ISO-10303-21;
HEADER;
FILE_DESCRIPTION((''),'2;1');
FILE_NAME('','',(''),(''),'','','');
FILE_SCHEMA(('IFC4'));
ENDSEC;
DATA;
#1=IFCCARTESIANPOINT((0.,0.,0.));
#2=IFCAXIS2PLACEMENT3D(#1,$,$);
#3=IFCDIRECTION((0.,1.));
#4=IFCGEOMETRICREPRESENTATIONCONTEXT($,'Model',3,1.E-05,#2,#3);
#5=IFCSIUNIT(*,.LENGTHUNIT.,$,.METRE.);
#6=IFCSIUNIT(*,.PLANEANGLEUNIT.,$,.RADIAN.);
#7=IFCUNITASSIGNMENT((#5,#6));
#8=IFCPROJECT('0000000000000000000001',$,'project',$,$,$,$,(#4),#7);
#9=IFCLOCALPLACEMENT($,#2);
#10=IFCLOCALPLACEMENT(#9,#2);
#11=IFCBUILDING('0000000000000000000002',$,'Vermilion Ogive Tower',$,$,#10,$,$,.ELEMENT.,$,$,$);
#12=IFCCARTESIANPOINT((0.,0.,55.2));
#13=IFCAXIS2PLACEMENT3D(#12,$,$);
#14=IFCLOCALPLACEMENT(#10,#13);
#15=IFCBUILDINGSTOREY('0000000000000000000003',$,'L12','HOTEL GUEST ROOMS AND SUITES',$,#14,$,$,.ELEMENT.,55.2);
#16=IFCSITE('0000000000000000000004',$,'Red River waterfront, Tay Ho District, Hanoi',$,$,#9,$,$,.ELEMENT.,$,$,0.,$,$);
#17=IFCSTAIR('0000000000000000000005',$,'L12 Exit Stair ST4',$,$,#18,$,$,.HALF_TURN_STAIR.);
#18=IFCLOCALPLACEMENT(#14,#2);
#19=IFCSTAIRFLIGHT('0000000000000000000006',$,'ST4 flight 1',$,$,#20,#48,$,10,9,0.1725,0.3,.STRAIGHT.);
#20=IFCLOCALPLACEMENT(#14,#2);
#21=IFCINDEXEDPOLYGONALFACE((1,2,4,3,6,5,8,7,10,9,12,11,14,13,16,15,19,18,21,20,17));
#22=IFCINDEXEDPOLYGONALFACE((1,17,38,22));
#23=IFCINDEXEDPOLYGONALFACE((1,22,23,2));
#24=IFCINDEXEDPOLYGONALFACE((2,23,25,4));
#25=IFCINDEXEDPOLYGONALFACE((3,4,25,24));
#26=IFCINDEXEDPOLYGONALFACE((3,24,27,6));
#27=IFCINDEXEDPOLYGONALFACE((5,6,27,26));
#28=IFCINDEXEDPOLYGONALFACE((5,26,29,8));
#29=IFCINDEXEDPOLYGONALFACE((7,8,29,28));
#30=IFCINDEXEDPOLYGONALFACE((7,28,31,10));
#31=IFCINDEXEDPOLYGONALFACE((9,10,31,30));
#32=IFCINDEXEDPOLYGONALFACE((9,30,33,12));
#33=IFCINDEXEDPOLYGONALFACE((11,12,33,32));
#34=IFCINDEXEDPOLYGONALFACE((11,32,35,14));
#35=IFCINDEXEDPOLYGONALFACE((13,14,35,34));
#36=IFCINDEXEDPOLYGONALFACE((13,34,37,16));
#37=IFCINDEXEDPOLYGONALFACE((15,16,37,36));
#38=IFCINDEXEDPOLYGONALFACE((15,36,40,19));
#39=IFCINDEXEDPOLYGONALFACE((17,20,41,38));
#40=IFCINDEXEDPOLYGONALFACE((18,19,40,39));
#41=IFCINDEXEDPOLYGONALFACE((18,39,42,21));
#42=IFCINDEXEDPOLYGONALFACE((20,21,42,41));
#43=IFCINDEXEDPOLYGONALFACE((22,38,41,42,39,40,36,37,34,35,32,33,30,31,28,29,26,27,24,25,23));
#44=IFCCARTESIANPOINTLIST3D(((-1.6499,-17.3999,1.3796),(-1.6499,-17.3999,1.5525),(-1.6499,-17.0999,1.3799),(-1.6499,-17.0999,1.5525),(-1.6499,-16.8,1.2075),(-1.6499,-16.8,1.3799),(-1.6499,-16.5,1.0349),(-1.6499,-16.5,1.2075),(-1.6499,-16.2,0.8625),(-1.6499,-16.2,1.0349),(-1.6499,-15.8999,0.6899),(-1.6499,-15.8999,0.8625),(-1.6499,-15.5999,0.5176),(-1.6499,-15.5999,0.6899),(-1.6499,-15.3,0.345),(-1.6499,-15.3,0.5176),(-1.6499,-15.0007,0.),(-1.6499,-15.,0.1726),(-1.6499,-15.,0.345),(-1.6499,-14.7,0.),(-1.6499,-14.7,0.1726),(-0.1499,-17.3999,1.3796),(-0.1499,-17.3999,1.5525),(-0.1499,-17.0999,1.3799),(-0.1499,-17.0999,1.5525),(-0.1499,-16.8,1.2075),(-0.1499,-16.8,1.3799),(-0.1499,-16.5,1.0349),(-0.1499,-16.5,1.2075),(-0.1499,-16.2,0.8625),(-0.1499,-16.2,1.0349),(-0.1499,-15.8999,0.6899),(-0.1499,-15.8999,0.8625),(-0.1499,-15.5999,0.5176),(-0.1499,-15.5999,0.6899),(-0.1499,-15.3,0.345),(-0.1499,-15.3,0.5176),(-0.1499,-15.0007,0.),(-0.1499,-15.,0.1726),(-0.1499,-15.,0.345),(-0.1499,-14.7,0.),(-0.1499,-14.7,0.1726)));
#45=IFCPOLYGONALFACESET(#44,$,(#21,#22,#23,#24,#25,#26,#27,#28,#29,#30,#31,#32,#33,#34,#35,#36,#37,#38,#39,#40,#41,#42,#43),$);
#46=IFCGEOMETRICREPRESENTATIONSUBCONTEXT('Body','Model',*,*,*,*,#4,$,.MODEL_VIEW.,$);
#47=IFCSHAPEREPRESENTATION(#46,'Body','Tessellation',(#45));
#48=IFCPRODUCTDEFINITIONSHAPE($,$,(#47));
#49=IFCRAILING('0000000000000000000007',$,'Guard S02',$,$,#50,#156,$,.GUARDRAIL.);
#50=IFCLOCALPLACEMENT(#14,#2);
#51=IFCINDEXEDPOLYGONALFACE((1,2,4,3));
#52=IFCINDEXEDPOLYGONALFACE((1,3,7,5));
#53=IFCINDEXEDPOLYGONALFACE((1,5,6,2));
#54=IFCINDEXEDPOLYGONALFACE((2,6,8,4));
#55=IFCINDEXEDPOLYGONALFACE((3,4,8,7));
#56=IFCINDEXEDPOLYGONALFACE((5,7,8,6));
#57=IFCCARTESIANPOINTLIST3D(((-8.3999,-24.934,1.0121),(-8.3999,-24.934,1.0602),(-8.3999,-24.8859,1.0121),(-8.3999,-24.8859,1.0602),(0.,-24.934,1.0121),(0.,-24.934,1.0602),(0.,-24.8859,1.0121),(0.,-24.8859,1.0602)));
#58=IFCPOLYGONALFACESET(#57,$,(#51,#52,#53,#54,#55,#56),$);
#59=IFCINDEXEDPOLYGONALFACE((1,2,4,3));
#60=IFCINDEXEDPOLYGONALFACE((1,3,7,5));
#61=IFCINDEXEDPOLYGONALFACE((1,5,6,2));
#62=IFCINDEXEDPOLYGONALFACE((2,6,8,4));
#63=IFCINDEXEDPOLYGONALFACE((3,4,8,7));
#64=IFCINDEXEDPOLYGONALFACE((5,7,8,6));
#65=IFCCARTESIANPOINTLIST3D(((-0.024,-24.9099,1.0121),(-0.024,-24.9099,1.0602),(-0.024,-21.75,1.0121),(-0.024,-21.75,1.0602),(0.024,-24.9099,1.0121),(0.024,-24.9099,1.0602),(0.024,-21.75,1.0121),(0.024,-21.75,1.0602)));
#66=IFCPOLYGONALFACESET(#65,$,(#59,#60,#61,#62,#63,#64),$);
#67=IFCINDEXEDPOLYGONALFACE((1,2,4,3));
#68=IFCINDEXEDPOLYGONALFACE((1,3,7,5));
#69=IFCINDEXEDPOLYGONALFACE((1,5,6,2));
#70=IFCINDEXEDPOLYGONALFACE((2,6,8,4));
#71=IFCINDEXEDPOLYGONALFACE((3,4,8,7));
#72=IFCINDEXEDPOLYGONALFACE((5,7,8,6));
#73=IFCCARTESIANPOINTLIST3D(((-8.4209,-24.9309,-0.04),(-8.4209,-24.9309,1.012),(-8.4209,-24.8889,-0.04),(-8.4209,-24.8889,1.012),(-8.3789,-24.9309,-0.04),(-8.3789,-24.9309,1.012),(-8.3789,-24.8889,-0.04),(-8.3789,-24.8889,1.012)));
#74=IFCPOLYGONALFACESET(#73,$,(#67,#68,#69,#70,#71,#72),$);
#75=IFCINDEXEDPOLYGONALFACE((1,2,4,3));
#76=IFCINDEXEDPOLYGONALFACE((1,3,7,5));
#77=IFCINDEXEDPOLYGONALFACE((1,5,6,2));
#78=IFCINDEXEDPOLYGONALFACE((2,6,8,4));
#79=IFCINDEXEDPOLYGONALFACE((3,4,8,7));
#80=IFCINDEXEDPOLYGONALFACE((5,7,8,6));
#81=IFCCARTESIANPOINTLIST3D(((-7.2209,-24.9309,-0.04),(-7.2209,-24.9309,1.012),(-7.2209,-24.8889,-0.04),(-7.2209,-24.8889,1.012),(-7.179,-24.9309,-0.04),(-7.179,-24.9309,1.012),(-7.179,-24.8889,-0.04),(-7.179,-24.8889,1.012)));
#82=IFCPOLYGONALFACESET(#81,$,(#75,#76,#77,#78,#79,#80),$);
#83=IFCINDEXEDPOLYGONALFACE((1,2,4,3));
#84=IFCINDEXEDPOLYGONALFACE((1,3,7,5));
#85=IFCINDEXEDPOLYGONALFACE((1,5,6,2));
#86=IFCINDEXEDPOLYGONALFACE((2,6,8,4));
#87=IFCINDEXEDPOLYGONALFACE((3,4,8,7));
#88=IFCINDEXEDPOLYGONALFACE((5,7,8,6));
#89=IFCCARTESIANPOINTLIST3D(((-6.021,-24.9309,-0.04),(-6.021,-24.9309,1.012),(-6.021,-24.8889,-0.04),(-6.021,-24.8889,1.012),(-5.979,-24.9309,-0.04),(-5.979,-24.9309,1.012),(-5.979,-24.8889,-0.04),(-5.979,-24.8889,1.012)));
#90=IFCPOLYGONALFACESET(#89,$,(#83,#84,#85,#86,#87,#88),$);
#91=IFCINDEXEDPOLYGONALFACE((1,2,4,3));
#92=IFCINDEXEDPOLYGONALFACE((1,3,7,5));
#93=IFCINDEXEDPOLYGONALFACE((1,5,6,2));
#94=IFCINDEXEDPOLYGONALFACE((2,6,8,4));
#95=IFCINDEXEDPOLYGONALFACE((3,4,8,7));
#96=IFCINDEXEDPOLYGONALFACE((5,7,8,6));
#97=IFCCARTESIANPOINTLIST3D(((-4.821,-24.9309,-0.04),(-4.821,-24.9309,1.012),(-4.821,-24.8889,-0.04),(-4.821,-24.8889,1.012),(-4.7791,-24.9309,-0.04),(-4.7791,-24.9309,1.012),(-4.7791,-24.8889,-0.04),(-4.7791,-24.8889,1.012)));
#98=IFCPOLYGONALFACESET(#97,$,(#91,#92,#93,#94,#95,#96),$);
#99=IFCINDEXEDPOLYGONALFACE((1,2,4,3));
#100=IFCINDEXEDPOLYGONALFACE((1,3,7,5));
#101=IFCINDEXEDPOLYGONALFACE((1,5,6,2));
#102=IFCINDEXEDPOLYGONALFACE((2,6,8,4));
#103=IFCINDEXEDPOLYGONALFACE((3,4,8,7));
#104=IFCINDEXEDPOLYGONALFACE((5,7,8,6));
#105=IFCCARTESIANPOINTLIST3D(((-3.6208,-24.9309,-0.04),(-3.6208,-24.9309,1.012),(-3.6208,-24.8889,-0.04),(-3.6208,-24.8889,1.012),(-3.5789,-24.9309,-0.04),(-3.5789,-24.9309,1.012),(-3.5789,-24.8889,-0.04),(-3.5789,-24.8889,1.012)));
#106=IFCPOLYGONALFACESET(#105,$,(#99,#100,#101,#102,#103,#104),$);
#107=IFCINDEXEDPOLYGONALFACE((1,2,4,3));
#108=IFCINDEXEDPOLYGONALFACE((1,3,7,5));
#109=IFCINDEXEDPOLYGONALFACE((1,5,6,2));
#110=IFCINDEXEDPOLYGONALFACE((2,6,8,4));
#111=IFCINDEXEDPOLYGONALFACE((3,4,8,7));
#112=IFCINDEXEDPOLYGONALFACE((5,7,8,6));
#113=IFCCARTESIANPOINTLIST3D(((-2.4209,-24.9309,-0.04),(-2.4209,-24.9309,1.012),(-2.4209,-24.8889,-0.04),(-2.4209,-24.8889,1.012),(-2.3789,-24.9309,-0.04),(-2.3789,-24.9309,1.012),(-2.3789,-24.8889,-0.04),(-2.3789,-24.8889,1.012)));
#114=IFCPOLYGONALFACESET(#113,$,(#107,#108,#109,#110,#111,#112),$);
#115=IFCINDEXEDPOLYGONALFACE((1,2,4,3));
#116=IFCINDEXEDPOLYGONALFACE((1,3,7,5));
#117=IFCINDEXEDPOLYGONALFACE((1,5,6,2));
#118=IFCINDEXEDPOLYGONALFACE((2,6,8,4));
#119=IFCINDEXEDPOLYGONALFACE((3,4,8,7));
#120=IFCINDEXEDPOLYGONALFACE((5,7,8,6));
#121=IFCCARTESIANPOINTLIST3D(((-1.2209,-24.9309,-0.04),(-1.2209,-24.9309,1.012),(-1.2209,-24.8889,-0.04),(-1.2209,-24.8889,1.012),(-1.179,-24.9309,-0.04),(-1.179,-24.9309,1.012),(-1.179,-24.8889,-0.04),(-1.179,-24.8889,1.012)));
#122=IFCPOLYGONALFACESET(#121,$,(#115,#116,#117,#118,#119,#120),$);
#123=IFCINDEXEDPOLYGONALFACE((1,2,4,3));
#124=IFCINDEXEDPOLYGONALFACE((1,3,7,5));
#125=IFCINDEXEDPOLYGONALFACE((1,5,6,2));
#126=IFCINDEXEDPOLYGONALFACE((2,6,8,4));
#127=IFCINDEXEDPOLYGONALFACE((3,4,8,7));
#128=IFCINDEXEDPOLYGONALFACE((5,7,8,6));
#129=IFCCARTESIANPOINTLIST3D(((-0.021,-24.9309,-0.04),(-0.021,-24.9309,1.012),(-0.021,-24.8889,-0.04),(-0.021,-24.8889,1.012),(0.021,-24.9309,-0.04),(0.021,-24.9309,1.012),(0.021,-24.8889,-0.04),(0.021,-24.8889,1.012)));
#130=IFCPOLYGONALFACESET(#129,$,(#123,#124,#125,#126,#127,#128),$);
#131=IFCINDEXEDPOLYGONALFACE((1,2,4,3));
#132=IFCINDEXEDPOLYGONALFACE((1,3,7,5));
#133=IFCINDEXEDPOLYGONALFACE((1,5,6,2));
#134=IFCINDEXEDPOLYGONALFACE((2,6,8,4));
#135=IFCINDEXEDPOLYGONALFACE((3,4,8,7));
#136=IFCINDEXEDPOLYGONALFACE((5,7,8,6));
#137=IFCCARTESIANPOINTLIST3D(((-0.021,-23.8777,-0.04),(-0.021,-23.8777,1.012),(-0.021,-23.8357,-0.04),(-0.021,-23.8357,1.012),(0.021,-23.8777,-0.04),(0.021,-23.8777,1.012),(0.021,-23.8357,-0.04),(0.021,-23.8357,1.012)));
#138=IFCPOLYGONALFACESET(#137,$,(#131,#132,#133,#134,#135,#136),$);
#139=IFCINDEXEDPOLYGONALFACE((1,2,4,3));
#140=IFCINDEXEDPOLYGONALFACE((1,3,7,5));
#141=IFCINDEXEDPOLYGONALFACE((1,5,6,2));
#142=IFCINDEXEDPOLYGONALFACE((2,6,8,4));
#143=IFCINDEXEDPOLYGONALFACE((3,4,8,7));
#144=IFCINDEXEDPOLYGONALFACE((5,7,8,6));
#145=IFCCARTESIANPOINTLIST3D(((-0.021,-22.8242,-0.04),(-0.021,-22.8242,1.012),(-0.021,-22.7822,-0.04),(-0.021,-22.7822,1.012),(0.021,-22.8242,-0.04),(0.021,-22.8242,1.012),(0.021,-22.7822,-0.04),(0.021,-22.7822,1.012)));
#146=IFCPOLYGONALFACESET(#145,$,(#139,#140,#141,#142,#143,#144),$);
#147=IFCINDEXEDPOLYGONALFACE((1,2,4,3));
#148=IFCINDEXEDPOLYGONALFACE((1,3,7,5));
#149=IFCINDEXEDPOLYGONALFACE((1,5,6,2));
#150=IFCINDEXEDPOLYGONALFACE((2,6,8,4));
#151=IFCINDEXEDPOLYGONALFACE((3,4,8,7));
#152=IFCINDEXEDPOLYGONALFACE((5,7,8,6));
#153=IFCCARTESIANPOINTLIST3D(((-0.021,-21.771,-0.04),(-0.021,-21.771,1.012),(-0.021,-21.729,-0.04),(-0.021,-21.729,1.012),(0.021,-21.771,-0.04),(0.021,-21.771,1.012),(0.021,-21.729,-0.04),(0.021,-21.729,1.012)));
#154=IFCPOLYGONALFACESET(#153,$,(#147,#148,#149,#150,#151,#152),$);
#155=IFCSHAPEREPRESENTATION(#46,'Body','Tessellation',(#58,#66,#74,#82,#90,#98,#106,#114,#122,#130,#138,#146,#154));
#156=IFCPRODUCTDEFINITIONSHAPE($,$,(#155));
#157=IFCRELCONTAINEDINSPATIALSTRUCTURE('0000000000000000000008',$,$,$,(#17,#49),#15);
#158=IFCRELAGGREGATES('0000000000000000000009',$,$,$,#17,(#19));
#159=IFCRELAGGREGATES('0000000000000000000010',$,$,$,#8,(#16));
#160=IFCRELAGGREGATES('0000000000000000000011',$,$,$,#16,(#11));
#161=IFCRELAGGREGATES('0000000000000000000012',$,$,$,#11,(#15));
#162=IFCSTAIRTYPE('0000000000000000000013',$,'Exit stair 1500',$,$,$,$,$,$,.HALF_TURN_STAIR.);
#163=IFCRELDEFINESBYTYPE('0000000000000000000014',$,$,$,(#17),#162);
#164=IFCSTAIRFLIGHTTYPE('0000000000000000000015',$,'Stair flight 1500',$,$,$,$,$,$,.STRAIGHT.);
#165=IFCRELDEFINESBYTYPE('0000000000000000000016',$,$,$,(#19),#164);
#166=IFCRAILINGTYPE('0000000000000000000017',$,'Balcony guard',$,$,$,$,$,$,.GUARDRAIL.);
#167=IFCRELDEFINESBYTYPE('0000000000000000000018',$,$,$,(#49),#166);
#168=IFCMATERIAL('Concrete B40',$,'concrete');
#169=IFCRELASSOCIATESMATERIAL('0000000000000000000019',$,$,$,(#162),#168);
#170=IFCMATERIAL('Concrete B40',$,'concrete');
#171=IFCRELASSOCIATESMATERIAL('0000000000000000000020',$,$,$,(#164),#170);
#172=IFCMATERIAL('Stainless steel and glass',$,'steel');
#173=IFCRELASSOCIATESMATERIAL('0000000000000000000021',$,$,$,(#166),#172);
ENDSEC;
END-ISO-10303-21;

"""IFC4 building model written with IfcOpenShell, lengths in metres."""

from ifc_helpers import new_model, si_unit, direction, frame, origin, origin_2d, place, context, subcontext, project, spatial, polyline, rectangle, outline, extrude, material, type_object, element, aggregate, save


model = new_model("IFC4")

# Units and contexts
model_context = context("Model", 3, precision=1e-05, world=origin(), true_north=direction((0.0, 1.0)))
body_context = subcontext(model_context, "Body", "Model", "MODEL_VIEW")
ifc_project = project(units=[si_unit("LENGTHUNIT", "METRE"), si_unit("PLANEANGLEUNIT", "RADIAN")], contexts=[model_context])

# Site, building, storey
site_placement = place(None, origin())
site = spatial("IfcSite", under=ifc_project, at=site_placement, Name="Red River waterfront, Tay Ho District, Hanoi", CompositionType="ELEMENT", RefElevation=0.0)
building_placement = place(site_placement, origin())
building = spatial("IfcBuilding", under=site, at=building_placement, Name="Vermilion Ogive Tower", CompositionType="ELEMENT")
storey_placement = place(building_placement, frame((0.0, 0.0, 55.2)))
storey = spatial("IfcBuildingStorey", under=building, at=storey_placement, Name="L12", Description="HOTEL GUEST ROOMS AND SUITES", CompositionType="ELEMENT", Elevation=55.2)

# Shared definitions
ifc_material_1 = material(Name="Concrete B40", Category="concrete")
stair_type = type_object("IfcStairType", Name="Exit stair 1500", PredefinedType="HALF_TURN_STAIR", material=ifc_material_1)
ifc_material_2 = material(Name="Concrete B40", Category="concrete")
stair_flight_type = type_object("IfcStairFlightType", Name="Stair flight 1500", PredefinedType="STRAIGHT", material=ifc_material_2)

# Stair, stair flight
stair_1_placement = place(storey_placement, origin())
stair_1 = element("IfcStair", 1, at=stair_1_placement, inside=storey, type_object=stair_type, Name="L12 Exit Stair ST4", PredefinedType="HALF_TURN_STAIR")
stair_flight_1_placement = place(storey_placement, frame((-0.8999, -14.7, 0.0), z_axis=(0.0, 0.0, 1.0), x_axis=(0.0, -1.0, 0.0)))
stair_flight_1 = element("IfcStairFlight", 2, at=stair_flight_1_placement, type_object=stair_flight_type, Name="ST4 flight 1", NumberOfRisers=10, NumberOfTreads=9, PredefinedType="STRAIGHT", RiserHeight=0.1725, TreadLength=0.3, context=body_context, shape_type="SweptSolid", body=[
    extrude(outline(polyline([(0.0, 0.0), (0.0, 0.1726), (0.3, 0.1726), (0.3, 0.345), (0.6001, 0.345), (0.6001, 0.5176), (0.8999, 0.5176), (0.8999, 0.6899), (1.2, 0.6899), (1.2, 0.8625), (1.5, 0.8625), (1.5, 1.0349), (1.8, 1.0349), (1.8, 1.2075), (2.1001, 1.2075), (2.1001, 1.3799), (2.3999, 1.3799), (2.3999, 1.5525), (2.7, 1.5525), (2.7, 1.7251), (2.7, 1.3796), (0.3008, 0.0), (0.0, 0.0)])), frame((0.0, 0.75, 0.0), z_axis=(0.0, -1.0, 0.0), x_axis=(1.0, 0.0, 0.0)), (0.0, 0.0, 1.0), 1.5),
])
aggregate(stair_1, [stair_flight_1])

# Railing
ifc_material_3 = material(Name="Stainless steel and glass", Category="steel")
railing_type_1 = type_object("IfcRailingType", Name="Balcony guard", PredefinedType="GUARDRAIL", material=ifc_material_3)
railing_1_placement = place(storey_placement, frame((-8.3999, -24.9099, -0.04)))
element("IfcRailing", 3, at=railing_1_placement, inside=storey, type_object=railing_type_1, Name="Guard S02", PredefinedType="GUARDRAIL", context=body_context, shape_type="SweptSolid", body=[
    extrude(rectangle(XDim=0.0481, YDim=0.0481, at=origin_2d()), frame((0.0, 0.0, 1.0762), z_axis=(1.0, 0.0, 0.0), x_axis=(0.0, 1.0, 0.0)), (0.0, 0.0, 1.0), 8.3999),
    extrude(rectangle(XDim=0.0481, YDim=0.0481, at=origin_2d()), frame((8.3999, 0.0, 1.0762), z_axis=(0.0, 1.0, 0.0), x_axis=(-1.0, 0.0, 0.0)), (0.0, 0.0, 1.0), 3.1599),
    extrude(rectangle(XDim=0.042, YDim=0.042, at=origin_2d()), origin(), (0.0, 0.0, 1.0), 1.052),
    extrude(rectangle(XDim=0.042, YDim=0.042, at=origin_2d()), frame((1.2, 0.0, 0.0)), (0.0, 0.0, 1.0), 1.052),
    extrude(rectangle(XDim=0.042, YDim=0.042, at=origin_2d()), frame((2.3999, 0.0, 0.0)), (0.0, 0.0, 1.0), 1.052),
    extrude(rectangle(XDim=0.042, YDim=0.042, at=origin_2d()), frame((3.5999, 0.0, 0.0)), (0.0, 0.0, 1.0), 1.052),
    extrude(rectangle(XDim=0.042, YDim=0.042, at=origin_2d()), frame((4.8, 0.0, 0.0)), (0.0, 0.0, 1.0), 1.052),
    extrude(rectangle(XDim=0.042, YDim=0.042, at=origin_2d()), frame((6.0, 0.0, 0.0)), (0.0, 0.0, 1.0), 1.052),
    extrude(rectangle(XDim=0.042, YDim=0.042, at=origin_2d()), frame((7.2, 0.0, 0.0)), (0.0, 0.0, 1.0), 1.052),
    extrude(rectangle(XDim=0.042, YDim=0.042, at=origin_2d()), frame((8.3999, 0.0, 0.0)), (0.0, 0.0, 1.0), 1.052),
    extrude(rectangle(XDim=0.042, YDim=0.042, at=origin_2d()), frame((8.3999, 1.0532, 0.0)), (0.0, 0.0, 1.0), 1.052),
    extrude(rectangle(XDim=0.042, YDim=0.042, at=origin_2d()), frame((8.3999, 2.1067, 0.0)), (0.0, 0.0, 1.0), 1.052),
    extrude(rectangle(XDim=0.042, YDim=0.042, at=origin_2d()), frame((8.3999, 3.1599, 0.0)), (0.0, 0.0, 1.0), 1.052),
])

save(model, "model.ifc")
